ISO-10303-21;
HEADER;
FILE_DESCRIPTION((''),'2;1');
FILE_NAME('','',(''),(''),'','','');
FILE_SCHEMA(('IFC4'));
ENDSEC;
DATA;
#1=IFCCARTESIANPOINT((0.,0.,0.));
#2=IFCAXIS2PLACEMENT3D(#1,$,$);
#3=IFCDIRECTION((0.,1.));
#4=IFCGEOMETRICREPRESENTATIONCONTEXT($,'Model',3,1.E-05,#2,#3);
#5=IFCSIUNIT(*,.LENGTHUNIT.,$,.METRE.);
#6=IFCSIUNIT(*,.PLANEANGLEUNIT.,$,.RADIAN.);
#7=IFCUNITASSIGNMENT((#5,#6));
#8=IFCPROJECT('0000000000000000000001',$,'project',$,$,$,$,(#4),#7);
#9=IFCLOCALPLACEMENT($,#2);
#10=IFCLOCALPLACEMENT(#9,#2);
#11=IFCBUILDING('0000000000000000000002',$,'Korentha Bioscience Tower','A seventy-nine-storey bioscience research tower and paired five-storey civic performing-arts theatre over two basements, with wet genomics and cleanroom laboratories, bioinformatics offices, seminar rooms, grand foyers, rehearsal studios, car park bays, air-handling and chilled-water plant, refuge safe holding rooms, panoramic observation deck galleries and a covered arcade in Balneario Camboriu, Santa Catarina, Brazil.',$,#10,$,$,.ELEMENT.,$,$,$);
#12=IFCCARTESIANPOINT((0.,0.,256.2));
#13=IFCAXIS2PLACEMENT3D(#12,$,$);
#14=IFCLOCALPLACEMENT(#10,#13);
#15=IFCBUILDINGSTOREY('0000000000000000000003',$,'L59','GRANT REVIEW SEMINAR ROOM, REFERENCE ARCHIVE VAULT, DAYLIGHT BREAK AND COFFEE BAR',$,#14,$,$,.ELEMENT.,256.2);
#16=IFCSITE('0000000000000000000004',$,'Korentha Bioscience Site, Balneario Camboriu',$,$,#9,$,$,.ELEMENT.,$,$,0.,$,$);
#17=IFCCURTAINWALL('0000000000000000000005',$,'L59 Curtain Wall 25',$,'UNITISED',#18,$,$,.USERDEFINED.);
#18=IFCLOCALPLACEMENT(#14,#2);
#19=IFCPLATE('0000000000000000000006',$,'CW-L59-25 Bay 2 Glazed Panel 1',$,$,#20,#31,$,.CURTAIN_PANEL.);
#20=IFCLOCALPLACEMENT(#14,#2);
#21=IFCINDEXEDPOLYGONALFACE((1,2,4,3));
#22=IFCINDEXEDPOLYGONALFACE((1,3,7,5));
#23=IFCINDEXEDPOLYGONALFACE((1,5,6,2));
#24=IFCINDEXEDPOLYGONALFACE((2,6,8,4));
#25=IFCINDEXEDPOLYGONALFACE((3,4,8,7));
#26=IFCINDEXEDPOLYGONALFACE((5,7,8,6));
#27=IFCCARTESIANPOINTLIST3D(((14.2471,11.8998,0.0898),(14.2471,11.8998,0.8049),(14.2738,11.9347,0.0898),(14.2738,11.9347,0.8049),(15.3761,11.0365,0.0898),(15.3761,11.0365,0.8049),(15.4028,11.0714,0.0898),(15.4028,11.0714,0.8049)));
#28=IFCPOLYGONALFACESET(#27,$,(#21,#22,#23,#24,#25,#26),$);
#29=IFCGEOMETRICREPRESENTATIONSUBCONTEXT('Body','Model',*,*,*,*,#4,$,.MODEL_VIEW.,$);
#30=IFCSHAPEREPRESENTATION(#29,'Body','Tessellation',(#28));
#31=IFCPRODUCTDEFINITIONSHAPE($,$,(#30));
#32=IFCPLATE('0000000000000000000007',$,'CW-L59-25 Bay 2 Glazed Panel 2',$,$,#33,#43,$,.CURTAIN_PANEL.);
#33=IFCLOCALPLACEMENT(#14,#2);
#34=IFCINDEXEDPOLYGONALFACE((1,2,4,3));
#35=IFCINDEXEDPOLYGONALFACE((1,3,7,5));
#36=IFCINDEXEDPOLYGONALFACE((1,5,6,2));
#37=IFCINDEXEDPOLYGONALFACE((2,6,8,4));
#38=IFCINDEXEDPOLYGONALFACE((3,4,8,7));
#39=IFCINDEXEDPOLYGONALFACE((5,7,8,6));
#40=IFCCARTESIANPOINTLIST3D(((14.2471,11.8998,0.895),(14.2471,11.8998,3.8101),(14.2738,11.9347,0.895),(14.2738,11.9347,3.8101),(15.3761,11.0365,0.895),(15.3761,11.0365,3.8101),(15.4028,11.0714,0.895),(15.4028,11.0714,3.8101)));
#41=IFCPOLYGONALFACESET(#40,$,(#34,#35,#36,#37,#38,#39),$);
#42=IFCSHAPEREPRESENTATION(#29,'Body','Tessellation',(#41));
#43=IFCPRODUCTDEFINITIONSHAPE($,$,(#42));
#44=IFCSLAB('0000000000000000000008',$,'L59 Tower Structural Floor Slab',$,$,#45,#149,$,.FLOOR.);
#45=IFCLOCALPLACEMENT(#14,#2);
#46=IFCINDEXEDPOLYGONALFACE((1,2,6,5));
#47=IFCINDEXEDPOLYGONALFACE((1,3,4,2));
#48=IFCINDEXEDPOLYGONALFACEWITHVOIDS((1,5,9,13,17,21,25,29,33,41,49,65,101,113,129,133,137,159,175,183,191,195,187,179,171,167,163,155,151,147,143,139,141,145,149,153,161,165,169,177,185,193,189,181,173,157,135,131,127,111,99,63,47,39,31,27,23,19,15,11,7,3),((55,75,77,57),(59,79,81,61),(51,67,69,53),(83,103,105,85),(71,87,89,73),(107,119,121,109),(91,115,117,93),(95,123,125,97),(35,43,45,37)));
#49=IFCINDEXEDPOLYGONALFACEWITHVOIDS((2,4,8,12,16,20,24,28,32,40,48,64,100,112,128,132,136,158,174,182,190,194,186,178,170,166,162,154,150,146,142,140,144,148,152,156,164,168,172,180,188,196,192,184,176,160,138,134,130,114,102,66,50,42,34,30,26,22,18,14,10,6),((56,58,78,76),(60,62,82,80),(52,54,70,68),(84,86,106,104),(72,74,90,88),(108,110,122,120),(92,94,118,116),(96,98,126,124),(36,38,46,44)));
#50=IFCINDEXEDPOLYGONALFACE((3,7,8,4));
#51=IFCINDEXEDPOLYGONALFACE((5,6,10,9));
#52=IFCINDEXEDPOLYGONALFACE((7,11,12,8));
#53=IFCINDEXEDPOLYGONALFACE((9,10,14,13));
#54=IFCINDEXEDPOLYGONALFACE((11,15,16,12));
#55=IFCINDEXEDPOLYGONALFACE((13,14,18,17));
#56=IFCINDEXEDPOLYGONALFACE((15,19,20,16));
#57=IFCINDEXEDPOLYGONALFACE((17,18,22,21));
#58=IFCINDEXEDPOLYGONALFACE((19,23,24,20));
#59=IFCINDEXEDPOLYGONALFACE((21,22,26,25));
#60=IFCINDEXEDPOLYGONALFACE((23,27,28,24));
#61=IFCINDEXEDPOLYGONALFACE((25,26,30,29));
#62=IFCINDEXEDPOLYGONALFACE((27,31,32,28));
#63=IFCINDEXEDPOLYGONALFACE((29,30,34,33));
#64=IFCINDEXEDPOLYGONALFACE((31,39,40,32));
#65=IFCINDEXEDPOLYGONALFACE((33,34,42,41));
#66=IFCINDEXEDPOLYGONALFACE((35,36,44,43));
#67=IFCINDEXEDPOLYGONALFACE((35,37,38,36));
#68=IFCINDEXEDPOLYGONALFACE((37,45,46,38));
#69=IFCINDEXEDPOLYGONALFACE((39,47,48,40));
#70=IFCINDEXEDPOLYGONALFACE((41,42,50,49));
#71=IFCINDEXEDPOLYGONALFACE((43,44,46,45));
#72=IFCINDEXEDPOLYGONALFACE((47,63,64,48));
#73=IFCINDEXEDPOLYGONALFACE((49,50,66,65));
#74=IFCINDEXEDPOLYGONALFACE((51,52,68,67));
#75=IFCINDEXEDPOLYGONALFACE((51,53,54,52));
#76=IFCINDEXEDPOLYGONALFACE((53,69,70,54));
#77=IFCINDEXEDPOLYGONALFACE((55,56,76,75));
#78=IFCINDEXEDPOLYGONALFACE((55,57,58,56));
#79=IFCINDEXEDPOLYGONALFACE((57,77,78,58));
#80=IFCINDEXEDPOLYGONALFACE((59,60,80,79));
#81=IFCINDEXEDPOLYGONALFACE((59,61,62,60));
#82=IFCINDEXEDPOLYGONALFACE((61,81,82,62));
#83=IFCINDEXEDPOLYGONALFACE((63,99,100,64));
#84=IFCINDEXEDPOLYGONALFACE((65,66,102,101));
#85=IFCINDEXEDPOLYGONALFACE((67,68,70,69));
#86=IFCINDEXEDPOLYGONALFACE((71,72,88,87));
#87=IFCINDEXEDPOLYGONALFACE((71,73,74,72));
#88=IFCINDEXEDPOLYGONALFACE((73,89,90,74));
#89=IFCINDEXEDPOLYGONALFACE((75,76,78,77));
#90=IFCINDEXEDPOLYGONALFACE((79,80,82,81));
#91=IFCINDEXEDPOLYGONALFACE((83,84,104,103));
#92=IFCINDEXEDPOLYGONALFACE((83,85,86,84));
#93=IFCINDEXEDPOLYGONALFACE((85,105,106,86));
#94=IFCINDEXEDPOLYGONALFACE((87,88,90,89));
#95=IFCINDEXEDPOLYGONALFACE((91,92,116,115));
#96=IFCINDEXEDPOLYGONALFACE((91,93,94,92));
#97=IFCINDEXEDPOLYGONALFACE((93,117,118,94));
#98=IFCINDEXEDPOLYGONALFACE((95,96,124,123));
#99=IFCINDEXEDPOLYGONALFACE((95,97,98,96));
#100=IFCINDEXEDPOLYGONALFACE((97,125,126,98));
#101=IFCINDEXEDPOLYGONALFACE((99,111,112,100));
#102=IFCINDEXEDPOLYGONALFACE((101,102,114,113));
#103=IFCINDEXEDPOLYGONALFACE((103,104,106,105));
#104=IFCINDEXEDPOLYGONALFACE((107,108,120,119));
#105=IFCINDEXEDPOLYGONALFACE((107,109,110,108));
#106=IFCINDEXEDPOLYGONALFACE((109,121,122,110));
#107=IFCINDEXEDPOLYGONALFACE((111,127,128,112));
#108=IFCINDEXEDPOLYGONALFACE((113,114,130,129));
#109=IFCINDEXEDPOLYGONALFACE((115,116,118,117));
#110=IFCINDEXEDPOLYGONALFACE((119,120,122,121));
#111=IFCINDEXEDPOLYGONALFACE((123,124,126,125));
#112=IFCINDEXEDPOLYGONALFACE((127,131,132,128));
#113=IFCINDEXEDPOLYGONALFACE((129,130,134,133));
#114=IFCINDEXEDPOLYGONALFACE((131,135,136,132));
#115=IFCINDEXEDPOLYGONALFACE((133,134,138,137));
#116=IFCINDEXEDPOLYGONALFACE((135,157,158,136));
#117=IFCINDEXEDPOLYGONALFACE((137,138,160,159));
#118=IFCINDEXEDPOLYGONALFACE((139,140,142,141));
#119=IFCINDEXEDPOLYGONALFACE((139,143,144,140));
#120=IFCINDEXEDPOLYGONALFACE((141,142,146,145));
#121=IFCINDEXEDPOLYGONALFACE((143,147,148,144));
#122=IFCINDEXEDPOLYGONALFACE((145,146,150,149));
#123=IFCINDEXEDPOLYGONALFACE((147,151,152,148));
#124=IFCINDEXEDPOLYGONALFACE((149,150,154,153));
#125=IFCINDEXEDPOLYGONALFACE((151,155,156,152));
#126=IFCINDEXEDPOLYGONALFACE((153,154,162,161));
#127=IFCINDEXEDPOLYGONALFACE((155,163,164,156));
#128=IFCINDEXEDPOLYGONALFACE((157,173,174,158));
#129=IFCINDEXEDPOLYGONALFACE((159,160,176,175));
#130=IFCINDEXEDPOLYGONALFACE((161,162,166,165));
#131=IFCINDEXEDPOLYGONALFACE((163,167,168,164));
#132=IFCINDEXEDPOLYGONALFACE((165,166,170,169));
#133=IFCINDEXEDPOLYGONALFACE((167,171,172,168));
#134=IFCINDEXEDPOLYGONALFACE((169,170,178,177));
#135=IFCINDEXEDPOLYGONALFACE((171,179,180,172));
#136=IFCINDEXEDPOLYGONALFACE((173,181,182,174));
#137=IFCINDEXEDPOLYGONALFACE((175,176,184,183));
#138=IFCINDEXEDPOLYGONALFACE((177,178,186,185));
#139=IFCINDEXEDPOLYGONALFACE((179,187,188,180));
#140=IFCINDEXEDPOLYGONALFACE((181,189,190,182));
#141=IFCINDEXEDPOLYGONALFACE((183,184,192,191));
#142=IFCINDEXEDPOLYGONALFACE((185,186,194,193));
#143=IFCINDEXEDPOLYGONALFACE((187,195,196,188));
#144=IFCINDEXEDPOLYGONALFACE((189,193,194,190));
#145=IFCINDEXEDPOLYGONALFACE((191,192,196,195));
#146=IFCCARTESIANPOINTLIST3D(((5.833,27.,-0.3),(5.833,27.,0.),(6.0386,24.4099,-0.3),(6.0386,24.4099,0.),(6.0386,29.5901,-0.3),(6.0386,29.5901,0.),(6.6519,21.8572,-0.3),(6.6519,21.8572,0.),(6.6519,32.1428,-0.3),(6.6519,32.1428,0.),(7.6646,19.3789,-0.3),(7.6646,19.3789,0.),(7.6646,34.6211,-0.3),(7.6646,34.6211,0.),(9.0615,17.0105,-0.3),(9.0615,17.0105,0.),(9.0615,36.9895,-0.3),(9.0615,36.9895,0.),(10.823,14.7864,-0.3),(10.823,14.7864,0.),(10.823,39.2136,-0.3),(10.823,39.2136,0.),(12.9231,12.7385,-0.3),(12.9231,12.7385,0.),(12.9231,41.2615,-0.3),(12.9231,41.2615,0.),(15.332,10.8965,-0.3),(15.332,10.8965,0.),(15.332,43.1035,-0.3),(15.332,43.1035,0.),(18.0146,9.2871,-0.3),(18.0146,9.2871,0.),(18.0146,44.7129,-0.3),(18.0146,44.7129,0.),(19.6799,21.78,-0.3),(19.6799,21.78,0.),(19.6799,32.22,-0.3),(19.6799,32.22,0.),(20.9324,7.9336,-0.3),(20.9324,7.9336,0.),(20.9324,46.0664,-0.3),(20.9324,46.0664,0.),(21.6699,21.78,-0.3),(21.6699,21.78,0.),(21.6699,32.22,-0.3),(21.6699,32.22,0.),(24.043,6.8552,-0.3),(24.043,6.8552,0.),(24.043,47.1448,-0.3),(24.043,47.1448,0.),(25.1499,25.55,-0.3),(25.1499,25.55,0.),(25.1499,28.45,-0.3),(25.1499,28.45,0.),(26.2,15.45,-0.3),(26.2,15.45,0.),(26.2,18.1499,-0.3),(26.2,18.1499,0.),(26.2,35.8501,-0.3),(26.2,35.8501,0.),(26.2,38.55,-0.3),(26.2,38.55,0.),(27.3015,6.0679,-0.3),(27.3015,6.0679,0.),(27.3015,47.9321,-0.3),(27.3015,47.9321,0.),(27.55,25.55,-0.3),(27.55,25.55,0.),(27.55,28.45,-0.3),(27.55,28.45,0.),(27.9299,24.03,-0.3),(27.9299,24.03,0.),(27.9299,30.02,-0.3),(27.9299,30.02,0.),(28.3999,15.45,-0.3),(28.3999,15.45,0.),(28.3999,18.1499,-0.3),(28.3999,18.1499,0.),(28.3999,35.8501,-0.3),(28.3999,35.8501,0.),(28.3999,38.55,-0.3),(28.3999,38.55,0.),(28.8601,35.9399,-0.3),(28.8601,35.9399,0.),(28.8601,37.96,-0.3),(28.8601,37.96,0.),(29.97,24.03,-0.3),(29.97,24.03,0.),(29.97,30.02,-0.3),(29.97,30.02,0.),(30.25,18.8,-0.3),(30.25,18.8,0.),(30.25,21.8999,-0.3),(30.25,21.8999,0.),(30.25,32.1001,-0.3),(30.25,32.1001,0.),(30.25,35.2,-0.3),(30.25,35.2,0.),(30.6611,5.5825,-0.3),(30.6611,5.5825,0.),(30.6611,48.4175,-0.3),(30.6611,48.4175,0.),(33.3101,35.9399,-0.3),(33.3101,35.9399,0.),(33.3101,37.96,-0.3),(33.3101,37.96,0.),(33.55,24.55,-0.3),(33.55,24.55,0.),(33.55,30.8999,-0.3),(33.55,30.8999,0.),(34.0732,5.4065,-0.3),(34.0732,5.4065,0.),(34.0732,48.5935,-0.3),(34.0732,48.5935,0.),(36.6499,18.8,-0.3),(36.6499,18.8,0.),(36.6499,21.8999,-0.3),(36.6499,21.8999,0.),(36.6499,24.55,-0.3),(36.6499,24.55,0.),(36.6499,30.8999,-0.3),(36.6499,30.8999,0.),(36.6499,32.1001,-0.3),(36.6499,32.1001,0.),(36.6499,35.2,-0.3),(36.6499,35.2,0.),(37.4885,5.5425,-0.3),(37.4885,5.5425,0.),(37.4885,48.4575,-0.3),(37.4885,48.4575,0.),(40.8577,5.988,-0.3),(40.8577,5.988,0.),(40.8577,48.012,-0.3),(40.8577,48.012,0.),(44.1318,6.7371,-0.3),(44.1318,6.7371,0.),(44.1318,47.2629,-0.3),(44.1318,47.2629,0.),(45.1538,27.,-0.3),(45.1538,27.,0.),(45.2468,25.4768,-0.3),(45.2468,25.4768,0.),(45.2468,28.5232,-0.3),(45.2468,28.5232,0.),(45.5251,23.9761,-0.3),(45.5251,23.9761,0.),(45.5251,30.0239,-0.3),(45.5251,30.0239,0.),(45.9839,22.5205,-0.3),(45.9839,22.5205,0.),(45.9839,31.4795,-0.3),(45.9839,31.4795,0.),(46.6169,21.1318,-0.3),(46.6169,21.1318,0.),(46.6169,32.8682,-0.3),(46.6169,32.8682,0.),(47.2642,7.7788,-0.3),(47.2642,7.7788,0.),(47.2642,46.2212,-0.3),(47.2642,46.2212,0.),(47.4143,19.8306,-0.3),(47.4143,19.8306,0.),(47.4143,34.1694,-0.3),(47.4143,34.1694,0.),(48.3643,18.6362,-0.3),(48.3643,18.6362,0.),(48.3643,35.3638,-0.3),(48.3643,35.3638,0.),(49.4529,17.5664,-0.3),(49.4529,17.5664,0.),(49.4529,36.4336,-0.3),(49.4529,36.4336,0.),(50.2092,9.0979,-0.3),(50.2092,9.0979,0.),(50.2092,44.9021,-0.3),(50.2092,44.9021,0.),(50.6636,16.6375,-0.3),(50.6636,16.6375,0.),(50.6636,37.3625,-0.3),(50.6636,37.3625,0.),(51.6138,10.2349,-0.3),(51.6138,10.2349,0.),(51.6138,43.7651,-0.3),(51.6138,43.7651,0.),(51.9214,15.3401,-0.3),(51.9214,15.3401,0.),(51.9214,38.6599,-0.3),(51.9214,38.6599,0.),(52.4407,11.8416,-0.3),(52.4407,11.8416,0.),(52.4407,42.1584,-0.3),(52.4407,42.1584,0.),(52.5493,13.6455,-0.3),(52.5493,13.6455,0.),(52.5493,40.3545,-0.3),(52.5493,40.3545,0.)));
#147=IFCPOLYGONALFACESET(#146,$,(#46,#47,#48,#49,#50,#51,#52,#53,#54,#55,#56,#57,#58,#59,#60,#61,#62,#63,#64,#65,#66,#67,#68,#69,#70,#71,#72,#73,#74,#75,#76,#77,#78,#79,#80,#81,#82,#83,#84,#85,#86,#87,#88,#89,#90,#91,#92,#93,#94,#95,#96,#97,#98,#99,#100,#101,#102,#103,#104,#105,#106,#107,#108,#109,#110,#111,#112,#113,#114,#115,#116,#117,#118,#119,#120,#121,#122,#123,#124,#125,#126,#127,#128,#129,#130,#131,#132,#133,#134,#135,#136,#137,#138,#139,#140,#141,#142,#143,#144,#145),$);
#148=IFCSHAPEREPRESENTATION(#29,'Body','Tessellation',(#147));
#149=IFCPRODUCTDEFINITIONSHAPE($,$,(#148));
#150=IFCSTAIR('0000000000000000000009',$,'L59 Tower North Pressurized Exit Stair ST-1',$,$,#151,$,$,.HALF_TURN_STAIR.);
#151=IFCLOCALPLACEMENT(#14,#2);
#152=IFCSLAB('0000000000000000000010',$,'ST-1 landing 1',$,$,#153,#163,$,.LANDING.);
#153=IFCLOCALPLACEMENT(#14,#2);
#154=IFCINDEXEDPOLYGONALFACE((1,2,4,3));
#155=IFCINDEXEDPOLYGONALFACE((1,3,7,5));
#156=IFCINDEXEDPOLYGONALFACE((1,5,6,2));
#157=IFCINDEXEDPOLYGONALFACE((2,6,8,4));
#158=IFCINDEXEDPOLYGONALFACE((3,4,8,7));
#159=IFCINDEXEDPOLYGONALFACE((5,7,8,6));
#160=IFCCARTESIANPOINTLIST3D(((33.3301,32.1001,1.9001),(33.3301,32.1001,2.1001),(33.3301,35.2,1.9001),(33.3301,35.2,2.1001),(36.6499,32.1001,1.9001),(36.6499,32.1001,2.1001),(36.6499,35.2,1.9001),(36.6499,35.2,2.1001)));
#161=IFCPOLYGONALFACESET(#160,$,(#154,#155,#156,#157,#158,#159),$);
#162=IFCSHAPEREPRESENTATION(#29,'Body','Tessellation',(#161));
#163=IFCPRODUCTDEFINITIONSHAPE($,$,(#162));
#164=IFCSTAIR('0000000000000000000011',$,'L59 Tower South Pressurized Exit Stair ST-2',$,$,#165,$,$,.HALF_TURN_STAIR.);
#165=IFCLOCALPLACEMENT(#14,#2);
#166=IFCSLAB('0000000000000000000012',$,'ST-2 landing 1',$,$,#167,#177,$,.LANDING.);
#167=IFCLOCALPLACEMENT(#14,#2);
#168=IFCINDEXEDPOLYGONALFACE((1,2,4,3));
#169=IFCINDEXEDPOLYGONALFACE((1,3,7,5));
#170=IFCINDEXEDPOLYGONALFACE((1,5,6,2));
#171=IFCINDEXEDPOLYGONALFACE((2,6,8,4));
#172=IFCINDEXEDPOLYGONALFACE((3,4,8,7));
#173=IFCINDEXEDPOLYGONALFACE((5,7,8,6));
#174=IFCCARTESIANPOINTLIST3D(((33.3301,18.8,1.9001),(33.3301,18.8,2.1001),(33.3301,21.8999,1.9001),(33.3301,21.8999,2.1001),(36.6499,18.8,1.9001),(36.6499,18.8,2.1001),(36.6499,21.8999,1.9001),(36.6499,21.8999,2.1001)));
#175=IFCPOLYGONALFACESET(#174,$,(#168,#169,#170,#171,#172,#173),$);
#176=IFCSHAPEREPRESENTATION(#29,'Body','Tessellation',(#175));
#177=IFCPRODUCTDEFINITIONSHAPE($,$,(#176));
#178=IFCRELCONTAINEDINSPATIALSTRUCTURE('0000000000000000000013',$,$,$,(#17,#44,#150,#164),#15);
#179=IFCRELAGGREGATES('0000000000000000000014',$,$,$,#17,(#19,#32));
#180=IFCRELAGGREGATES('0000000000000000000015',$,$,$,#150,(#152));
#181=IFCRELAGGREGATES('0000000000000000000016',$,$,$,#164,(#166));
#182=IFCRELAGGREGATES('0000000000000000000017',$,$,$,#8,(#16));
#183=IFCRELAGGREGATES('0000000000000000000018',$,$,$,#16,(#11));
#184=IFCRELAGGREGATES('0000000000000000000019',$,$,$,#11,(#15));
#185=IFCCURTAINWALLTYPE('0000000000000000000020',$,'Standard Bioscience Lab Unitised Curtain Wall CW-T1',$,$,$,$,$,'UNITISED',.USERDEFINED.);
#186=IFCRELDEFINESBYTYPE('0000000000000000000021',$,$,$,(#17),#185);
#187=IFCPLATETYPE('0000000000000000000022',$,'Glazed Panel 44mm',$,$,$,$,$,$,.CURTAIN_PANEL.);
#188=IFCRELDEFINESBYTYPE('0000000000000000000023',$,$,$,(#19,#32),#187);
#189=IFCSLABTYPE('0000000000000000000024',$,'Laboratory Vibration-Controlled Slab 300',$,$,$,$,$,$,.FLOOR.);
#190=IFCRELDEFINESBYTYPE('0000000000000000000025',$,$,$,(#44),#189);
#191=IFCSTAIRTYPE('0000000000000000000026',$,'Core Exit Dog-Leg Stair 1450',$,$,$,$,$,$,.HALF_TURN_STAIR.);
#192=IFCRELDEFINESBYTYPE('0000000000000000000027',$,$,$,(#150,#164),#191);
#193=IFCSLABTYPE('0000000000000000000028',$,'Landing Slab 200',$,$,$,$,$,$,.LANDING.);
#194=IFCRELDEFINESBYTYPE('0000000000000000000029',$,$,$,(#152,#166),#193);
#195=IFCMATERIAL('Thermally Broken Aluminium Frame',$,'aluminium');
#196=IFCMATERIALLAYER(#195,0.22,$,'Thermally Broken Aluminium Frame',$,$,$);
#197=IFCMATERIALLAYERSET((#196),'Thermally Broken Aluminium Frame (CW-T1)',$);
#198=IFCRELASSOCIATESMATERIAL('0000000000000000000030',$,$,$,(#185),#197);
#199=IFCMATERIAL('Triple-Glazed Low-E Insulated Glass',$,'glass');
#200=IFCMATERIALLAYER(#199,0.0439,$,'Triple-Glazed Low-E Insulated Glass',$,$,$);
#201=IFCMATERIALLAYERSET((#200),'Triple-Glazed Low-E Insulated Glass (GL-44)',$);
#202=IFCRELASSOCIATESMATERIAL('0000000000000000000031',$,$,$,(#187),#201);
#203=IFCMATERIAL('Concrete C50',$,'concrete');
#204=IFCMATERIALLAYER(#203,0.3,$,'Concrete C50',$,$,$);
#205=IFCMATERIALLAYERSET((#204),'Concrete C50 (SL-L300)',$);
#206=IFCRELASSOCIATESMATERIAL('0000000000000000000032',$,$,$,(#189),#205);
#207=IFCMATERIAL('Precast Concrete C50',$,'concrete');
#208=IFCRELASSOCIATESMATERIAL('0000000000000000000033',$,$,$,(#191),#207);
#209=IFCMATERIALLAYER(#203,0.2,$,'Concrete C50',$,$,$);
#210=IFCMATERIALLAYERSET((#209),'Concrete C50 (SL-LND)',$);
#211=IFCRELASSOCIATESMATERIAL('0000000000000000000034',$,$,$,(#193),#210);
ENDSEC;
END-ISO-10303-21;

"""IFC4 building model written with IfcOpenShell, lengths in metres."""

from ifc_helpers import new_model, si_unit, direction, frame, origin, origin_2d, place, context, subcontext, project, spatial, polyline, rectangle, outline, extrude, material, layer, layer_set, type_object, element, aggregate, save


model = new_model("IFC4")

# Units and contexts
model_context = context("Model", 3, precision=1e-05, world=origin(), true_north=direction((0.0, 1.0)))
body_context = subcontext(model_context, "Body", "Model", "MODEL_VIEW")
ifc_project = project(units=[si_unit("LENGTHUNIT", "METRE"), si_unit("PLANEANGLEUNIT", "RADIAN")], contexts=[model_context])

# Site, building, storey
site_placement = place(None, origin())
site = spatial("IfcSite", under=ifc_project, at=site_placement, Name="Korentha Bioscience Site, Balneario Camboriu", CompositionType="ELEMENT", RefElevation=0.0)
building_placement = place(site_placement, origin())
building = spatial("IfcBuilding", under=site, at=building_placement, Name="Korentha Bioscience Tower", Description="A seventy-nine-storey bioscience research tower and paired five-storey civic performing-arts theatre over two basements, with wet genomics and cleanroom laboratories, bioinformatics offices, seminar rooms, grand foyers, rehearsal studios, car park bays, air-handling and chilled-water plant, refuge safe holding rooms, panoramic observation deck galleries and a covered arcade in Balneario Camboriu, Santa Catarina, Brazil.", CompositionType="ELEMENT")
storey_placement = place(building_placement, frame((0.0, 0.0, 256.2)))
storey = spatial("IfcBuildingStorey", under=building, at=storey_placement, Name="L59", Description="GRANT REVIEW SEMINAR ROOM, REFERENCE ARCHIVE VAULT, DAYLIGHT BREAK AND COFFEE BAR", CompositionType="ELEMENT", Elevation=256.2)

# Curtain wall, plates
ifc_material_1 = material(Name="Thermally Broken Aluminium Frame", Category="aluminium")
ifc_layer_1 = layer(ifc_material_1, 0.22, Name="Thermally Broken Aluminium Frame")
ifc_layer_set_1 = layer_set([ifc_layer_1], Name="Thermally Broken Aluminium Frame (CW-T1)")
curtain_wall_type = type_object("IfcCurtainWallType", Name="Standard Bioscience Lab Unitised Curtain Wall CW-T1", ElementType="UNITISED", PredefinedType="USERDEFINED", material=ifc_layer_set_1)
curtain_wall_placement = place(storey_placement, origin())
curtain_wall = element("IfcCurtainWall", 1, at=curtain_wall_placement, inside=storey, type_object=curtain_wall_type, Name="L59 Curtain Wall 25", ObjectType="UNITISED", PredefinedType="USERDEFINED")
ifc_material_2 = material(Name="Triple-Glazed Low-E Insulated Glass", Category="glass")
ifc_layer_2 = layer(ifc_material_2, 0.0439, Name="Triple-Glazed Low-E Insulated Glass")
ifc_layer_set_2 = layer_set([ifc_layer_2], Name="Triple-Glazed Low-E Insulated Glass (GL-44)")
plate_type = type_object("IfcPlateType", Name="Glazed Panel 44mm", PredefinedType="CURTAIN_PANEL", material=ifc_layer_set_2)
plate_1_placement = place(storey_placement, frame((14.825, 11.4856, 0.0898), z_axis=(0.0, 0.0, 1.0), x_axis=(0.794382, -0.607418, 0.0)))
plate_1 = element("IfcPlate", 2, at=plate_1_placement, type_object=plate_type, Name="CW-L59-25 Bay 2 Glazed Panel 1", PredefinedType="CURTAIN_PANEL", context=body_context, shape_type="SweptSolid", body=[
    extrude(rectangle(XDim=1.4211, YDim=0.0439, at=origin_2d()), origin(), (0.0, 0.0, 1.0), 0.7151),
])
plate_2_placement = place(storey_placement, frame((14.825, 11.4856, 0.895), z_axis=(0.0, 0.0, 1.0), x_axis=(0.794382, -0.607418, 0.0)))
plate_2 = element("IfcPlate", 3, at=plate_2_placement, type_object=plate_type, Name="CW-L59-25 Bay 2 Glazed Panel 2", PredefinedType="CURTAIN_PANEL", context=body_context, shape_type="SweptSolid", body=[
    extrude(rectangle(XDim=1.4211, YDim=0.0439, at=origin_2d()), origin(), (0.0, 0.0, 1.0), 2.915),
])
aggregate(curtain_wall, [plate_1, plate_2])

# Slab
ifc_material_3 = material(Name="Concrete C50", Category="concrete")
ifc_layer_3 = layer(ifc_material_3, 0.3, Name="Concrete C50")
ifc_layer_set_3 = layer_set([ifc_layer_3], Name="Concrete C50 (SL-L300)")
slab_type_1 = type_object("IfcSlabType", Name="Laboratory Vibration-Controlled Slab 300", PredefinedType="FLOOR", material=ifc_layer_set_3)
slab_1_placement = place(storey_placement, frame((0.0, 0.0, -0.3)))
element("IfcSlab", 4, at=slab_1_placement, inside=storey, type_object=slab_type_1, Name="L59 Tower Structural Floor Slab", PredefinedType="FLOOR", context=body_context, shape_type="SweptSolid", body=[
    extrude(outline(polyline([(50.2092, 44.9021), (47.2642, 46.2212), (44.1318, 47.2629), (40.8577, 48.012), (37.4885, 48.4575), (34.0732, 48.5935), (30.6611, 48.4175), (27.3015, 47.9321), (24.043, 47.1448), (20.9324, 46.0664), (18.0146, 44.7129), (15.332, 43.1035), (12.9231, 41.2615), (10.823, 39.2136), (9.0615, 36.9895), (7.6646, 34.6211), (6.6519, 32.1428), (6.0386, 29.5901), (5.833, 27.0), (6.0386, 24.4099), (6.6519, 21.8572), (7.6646, 19.3789), (9.0615, 17.0105), (10.823, 14.7864), (12.9231, 12.7385), (15.332, 10.8965), (18.0146, 9.2871), (20.9324, 7.9336), (24.043, 6.8552), (27.3015, 6.0679), (30.6611, 5.5825), (34.0732, 5.4065), (37.4885, 5.5425), (40.8577, 5.988), (44.1318, 6.7371), (47.2642, 7.7788), (50.2092, 9.0979), (51.6138, 10.2349), (52.4407, 11.8416), (52.5493, 13.6455), (51.9214, 15.3401), (50.6636, 16.6375), (49.4529, 17.5664), (48.3643, 18.6362), (47.4143, 19.8306), (46.6169, 21.1318), (45.9839, 22.5205), (45.5251, 23.9761), (45.2468, 25.4768), (45.1538, 27.0), (45.2468, 28.5232), (45.5251, 30.0239), (45.9839, 31.4795), (46.6169, 32.8682), (47.4143, 34.1694), (48.3643, 35.3638), (49.4529, 36.4336), (50.6636, 37.3625), (51.9214, 38.6599), (52.5493, 40.3545), (52.4407, 42.1584), (51.6138, 43.7651), (50.2092, 44.9021)]), holes=[polyline([(30.25, 32.1001), (36.6499, 32.1001), (36.6499, 35.2), (30.25, 35.2), (30.25, 32.1001)]), polyline([(30.25, 18.8), (36.6499, 18.8), (36.6499, 21.8999), (30.25, 21.8999), (30.25, 18.8)]), polyline([(36.6499, 24.55), (36.6499, 30.8999), (33.55, 30.8999), (33.55, 24.55), (36.6499, 24.55)]), polyline([(19.6799, 21.78), (21.6699, 21.78), (21.6699, 32.22), (19.6799, 32.22), (19.6799, 21.78)]), polyline([(27.9299, 24.03), (29.97, 24.03), (29.97, 30.02), (27.9299, 30.02), (27.9299, 24.03)]), polyline([(28.8601, 35.9399), (33.3101, 35.9399), (33.3101, 37.96), (28.8601, 37.96), (28.8601, 35.9399)]), polyline([(26.2, 15.45), (28.3999, 15.45), (28.3999, 18.1499), (26.2, 18.1499), (26.2, 15.45)]), polyline([(26.2, 35.8501), (28.3999, 35.8501), (28.3999, 38.55), (26.2, 38.55), (26.2, 35.8501)]), polyline([(25.1499, 25.55), (27.55, 25.55), (27.55, 28.45), (25.1499, 28.45), (25.1499, 25.55)])]), origin(), (0.0, 0.0, 1.0), 0.3),
])

# Stairs, slabs
ifc_material_4 = material(Name="Precast Concrete C50", Category="concrete")
stair_type = type_object("IfcStairType", Name="Core Exit Dog-Leg Stair 1450", PredefinedType="HALF_TURN_STAIR", material=ifc_material_4)
stair_1_placement = place(storey_placement, origin())
stair_1 = element("IfcStair", 5, at=stair_1_placement, inside=storey, type_object=stair_type, Name="L59 Tower North Pressurized Exit Stair ST-1", PredefinedType="HALF_TURN_STAIR")
ifc_layer_4 = layer(ifc_material_3, 0.2, Name="Concrete C50")
ifc_layer_set_4 = layer_set([ifc_layer_4], Name="Concrete C50 (SL-LND)")
slab_type_2 = type_object("IfcSlabType", Name="Landing Slab 200", PredefinedType="LANDING", material=ifc_layer_set_4)
slab_2_placement = place(storey_placement, frame((0.0, 0.0, 1.9001)))
slab_2 = element("IfcSlab", 6, at=slab_2_placement, type_object=slab_type_2, Name="ST-1 landing 1", PredefinedType="LANDING", context=body_context, shape_type="SweptSolid", body=[
    extrude(outline(polyline([(33.3301, 32.1001), (36.6499, 32.1001), (36.6499, 35.2), (33.3301, 35.2), (33.3301, 32.1001)])), origin(), (0.0, 0.0, 1.0), 0.2),
])
aggregate(stair_1, [slab_2])
stair_2_placement = place(storey_placement, origin())
stair_2 = element("IfcStair", 7, at=stair_2_placement, inside=storey, type_object=stair_type, Name="L59 Tower South Pressurized Exit Stair ST-2", PredefinedType="HALF_TURN_STAIR")
slab_3_placement = place(storey_placement, frame((0.0, 0.0, 1.9001)))
slab_3 = element("IfcSlab", 8, at=slab_3_placement, type_object=slab_type_2, Name="ST-2 landing 1", PredefinedType="LANDING", context=body_context, shape_type="SweptSolid", body=[
    extrude(outline(polyline([(33.3301, 18.8), (36.6499, 18.8), (36.6499, 21.8999), (33.3301, 21.8999), (33.3301, 18.8)])), origin(), (0.0, 0.0, 1.0), 0.2),
])
aggregate(stair_2, [slab_3])

save(model, "model.ifc")
